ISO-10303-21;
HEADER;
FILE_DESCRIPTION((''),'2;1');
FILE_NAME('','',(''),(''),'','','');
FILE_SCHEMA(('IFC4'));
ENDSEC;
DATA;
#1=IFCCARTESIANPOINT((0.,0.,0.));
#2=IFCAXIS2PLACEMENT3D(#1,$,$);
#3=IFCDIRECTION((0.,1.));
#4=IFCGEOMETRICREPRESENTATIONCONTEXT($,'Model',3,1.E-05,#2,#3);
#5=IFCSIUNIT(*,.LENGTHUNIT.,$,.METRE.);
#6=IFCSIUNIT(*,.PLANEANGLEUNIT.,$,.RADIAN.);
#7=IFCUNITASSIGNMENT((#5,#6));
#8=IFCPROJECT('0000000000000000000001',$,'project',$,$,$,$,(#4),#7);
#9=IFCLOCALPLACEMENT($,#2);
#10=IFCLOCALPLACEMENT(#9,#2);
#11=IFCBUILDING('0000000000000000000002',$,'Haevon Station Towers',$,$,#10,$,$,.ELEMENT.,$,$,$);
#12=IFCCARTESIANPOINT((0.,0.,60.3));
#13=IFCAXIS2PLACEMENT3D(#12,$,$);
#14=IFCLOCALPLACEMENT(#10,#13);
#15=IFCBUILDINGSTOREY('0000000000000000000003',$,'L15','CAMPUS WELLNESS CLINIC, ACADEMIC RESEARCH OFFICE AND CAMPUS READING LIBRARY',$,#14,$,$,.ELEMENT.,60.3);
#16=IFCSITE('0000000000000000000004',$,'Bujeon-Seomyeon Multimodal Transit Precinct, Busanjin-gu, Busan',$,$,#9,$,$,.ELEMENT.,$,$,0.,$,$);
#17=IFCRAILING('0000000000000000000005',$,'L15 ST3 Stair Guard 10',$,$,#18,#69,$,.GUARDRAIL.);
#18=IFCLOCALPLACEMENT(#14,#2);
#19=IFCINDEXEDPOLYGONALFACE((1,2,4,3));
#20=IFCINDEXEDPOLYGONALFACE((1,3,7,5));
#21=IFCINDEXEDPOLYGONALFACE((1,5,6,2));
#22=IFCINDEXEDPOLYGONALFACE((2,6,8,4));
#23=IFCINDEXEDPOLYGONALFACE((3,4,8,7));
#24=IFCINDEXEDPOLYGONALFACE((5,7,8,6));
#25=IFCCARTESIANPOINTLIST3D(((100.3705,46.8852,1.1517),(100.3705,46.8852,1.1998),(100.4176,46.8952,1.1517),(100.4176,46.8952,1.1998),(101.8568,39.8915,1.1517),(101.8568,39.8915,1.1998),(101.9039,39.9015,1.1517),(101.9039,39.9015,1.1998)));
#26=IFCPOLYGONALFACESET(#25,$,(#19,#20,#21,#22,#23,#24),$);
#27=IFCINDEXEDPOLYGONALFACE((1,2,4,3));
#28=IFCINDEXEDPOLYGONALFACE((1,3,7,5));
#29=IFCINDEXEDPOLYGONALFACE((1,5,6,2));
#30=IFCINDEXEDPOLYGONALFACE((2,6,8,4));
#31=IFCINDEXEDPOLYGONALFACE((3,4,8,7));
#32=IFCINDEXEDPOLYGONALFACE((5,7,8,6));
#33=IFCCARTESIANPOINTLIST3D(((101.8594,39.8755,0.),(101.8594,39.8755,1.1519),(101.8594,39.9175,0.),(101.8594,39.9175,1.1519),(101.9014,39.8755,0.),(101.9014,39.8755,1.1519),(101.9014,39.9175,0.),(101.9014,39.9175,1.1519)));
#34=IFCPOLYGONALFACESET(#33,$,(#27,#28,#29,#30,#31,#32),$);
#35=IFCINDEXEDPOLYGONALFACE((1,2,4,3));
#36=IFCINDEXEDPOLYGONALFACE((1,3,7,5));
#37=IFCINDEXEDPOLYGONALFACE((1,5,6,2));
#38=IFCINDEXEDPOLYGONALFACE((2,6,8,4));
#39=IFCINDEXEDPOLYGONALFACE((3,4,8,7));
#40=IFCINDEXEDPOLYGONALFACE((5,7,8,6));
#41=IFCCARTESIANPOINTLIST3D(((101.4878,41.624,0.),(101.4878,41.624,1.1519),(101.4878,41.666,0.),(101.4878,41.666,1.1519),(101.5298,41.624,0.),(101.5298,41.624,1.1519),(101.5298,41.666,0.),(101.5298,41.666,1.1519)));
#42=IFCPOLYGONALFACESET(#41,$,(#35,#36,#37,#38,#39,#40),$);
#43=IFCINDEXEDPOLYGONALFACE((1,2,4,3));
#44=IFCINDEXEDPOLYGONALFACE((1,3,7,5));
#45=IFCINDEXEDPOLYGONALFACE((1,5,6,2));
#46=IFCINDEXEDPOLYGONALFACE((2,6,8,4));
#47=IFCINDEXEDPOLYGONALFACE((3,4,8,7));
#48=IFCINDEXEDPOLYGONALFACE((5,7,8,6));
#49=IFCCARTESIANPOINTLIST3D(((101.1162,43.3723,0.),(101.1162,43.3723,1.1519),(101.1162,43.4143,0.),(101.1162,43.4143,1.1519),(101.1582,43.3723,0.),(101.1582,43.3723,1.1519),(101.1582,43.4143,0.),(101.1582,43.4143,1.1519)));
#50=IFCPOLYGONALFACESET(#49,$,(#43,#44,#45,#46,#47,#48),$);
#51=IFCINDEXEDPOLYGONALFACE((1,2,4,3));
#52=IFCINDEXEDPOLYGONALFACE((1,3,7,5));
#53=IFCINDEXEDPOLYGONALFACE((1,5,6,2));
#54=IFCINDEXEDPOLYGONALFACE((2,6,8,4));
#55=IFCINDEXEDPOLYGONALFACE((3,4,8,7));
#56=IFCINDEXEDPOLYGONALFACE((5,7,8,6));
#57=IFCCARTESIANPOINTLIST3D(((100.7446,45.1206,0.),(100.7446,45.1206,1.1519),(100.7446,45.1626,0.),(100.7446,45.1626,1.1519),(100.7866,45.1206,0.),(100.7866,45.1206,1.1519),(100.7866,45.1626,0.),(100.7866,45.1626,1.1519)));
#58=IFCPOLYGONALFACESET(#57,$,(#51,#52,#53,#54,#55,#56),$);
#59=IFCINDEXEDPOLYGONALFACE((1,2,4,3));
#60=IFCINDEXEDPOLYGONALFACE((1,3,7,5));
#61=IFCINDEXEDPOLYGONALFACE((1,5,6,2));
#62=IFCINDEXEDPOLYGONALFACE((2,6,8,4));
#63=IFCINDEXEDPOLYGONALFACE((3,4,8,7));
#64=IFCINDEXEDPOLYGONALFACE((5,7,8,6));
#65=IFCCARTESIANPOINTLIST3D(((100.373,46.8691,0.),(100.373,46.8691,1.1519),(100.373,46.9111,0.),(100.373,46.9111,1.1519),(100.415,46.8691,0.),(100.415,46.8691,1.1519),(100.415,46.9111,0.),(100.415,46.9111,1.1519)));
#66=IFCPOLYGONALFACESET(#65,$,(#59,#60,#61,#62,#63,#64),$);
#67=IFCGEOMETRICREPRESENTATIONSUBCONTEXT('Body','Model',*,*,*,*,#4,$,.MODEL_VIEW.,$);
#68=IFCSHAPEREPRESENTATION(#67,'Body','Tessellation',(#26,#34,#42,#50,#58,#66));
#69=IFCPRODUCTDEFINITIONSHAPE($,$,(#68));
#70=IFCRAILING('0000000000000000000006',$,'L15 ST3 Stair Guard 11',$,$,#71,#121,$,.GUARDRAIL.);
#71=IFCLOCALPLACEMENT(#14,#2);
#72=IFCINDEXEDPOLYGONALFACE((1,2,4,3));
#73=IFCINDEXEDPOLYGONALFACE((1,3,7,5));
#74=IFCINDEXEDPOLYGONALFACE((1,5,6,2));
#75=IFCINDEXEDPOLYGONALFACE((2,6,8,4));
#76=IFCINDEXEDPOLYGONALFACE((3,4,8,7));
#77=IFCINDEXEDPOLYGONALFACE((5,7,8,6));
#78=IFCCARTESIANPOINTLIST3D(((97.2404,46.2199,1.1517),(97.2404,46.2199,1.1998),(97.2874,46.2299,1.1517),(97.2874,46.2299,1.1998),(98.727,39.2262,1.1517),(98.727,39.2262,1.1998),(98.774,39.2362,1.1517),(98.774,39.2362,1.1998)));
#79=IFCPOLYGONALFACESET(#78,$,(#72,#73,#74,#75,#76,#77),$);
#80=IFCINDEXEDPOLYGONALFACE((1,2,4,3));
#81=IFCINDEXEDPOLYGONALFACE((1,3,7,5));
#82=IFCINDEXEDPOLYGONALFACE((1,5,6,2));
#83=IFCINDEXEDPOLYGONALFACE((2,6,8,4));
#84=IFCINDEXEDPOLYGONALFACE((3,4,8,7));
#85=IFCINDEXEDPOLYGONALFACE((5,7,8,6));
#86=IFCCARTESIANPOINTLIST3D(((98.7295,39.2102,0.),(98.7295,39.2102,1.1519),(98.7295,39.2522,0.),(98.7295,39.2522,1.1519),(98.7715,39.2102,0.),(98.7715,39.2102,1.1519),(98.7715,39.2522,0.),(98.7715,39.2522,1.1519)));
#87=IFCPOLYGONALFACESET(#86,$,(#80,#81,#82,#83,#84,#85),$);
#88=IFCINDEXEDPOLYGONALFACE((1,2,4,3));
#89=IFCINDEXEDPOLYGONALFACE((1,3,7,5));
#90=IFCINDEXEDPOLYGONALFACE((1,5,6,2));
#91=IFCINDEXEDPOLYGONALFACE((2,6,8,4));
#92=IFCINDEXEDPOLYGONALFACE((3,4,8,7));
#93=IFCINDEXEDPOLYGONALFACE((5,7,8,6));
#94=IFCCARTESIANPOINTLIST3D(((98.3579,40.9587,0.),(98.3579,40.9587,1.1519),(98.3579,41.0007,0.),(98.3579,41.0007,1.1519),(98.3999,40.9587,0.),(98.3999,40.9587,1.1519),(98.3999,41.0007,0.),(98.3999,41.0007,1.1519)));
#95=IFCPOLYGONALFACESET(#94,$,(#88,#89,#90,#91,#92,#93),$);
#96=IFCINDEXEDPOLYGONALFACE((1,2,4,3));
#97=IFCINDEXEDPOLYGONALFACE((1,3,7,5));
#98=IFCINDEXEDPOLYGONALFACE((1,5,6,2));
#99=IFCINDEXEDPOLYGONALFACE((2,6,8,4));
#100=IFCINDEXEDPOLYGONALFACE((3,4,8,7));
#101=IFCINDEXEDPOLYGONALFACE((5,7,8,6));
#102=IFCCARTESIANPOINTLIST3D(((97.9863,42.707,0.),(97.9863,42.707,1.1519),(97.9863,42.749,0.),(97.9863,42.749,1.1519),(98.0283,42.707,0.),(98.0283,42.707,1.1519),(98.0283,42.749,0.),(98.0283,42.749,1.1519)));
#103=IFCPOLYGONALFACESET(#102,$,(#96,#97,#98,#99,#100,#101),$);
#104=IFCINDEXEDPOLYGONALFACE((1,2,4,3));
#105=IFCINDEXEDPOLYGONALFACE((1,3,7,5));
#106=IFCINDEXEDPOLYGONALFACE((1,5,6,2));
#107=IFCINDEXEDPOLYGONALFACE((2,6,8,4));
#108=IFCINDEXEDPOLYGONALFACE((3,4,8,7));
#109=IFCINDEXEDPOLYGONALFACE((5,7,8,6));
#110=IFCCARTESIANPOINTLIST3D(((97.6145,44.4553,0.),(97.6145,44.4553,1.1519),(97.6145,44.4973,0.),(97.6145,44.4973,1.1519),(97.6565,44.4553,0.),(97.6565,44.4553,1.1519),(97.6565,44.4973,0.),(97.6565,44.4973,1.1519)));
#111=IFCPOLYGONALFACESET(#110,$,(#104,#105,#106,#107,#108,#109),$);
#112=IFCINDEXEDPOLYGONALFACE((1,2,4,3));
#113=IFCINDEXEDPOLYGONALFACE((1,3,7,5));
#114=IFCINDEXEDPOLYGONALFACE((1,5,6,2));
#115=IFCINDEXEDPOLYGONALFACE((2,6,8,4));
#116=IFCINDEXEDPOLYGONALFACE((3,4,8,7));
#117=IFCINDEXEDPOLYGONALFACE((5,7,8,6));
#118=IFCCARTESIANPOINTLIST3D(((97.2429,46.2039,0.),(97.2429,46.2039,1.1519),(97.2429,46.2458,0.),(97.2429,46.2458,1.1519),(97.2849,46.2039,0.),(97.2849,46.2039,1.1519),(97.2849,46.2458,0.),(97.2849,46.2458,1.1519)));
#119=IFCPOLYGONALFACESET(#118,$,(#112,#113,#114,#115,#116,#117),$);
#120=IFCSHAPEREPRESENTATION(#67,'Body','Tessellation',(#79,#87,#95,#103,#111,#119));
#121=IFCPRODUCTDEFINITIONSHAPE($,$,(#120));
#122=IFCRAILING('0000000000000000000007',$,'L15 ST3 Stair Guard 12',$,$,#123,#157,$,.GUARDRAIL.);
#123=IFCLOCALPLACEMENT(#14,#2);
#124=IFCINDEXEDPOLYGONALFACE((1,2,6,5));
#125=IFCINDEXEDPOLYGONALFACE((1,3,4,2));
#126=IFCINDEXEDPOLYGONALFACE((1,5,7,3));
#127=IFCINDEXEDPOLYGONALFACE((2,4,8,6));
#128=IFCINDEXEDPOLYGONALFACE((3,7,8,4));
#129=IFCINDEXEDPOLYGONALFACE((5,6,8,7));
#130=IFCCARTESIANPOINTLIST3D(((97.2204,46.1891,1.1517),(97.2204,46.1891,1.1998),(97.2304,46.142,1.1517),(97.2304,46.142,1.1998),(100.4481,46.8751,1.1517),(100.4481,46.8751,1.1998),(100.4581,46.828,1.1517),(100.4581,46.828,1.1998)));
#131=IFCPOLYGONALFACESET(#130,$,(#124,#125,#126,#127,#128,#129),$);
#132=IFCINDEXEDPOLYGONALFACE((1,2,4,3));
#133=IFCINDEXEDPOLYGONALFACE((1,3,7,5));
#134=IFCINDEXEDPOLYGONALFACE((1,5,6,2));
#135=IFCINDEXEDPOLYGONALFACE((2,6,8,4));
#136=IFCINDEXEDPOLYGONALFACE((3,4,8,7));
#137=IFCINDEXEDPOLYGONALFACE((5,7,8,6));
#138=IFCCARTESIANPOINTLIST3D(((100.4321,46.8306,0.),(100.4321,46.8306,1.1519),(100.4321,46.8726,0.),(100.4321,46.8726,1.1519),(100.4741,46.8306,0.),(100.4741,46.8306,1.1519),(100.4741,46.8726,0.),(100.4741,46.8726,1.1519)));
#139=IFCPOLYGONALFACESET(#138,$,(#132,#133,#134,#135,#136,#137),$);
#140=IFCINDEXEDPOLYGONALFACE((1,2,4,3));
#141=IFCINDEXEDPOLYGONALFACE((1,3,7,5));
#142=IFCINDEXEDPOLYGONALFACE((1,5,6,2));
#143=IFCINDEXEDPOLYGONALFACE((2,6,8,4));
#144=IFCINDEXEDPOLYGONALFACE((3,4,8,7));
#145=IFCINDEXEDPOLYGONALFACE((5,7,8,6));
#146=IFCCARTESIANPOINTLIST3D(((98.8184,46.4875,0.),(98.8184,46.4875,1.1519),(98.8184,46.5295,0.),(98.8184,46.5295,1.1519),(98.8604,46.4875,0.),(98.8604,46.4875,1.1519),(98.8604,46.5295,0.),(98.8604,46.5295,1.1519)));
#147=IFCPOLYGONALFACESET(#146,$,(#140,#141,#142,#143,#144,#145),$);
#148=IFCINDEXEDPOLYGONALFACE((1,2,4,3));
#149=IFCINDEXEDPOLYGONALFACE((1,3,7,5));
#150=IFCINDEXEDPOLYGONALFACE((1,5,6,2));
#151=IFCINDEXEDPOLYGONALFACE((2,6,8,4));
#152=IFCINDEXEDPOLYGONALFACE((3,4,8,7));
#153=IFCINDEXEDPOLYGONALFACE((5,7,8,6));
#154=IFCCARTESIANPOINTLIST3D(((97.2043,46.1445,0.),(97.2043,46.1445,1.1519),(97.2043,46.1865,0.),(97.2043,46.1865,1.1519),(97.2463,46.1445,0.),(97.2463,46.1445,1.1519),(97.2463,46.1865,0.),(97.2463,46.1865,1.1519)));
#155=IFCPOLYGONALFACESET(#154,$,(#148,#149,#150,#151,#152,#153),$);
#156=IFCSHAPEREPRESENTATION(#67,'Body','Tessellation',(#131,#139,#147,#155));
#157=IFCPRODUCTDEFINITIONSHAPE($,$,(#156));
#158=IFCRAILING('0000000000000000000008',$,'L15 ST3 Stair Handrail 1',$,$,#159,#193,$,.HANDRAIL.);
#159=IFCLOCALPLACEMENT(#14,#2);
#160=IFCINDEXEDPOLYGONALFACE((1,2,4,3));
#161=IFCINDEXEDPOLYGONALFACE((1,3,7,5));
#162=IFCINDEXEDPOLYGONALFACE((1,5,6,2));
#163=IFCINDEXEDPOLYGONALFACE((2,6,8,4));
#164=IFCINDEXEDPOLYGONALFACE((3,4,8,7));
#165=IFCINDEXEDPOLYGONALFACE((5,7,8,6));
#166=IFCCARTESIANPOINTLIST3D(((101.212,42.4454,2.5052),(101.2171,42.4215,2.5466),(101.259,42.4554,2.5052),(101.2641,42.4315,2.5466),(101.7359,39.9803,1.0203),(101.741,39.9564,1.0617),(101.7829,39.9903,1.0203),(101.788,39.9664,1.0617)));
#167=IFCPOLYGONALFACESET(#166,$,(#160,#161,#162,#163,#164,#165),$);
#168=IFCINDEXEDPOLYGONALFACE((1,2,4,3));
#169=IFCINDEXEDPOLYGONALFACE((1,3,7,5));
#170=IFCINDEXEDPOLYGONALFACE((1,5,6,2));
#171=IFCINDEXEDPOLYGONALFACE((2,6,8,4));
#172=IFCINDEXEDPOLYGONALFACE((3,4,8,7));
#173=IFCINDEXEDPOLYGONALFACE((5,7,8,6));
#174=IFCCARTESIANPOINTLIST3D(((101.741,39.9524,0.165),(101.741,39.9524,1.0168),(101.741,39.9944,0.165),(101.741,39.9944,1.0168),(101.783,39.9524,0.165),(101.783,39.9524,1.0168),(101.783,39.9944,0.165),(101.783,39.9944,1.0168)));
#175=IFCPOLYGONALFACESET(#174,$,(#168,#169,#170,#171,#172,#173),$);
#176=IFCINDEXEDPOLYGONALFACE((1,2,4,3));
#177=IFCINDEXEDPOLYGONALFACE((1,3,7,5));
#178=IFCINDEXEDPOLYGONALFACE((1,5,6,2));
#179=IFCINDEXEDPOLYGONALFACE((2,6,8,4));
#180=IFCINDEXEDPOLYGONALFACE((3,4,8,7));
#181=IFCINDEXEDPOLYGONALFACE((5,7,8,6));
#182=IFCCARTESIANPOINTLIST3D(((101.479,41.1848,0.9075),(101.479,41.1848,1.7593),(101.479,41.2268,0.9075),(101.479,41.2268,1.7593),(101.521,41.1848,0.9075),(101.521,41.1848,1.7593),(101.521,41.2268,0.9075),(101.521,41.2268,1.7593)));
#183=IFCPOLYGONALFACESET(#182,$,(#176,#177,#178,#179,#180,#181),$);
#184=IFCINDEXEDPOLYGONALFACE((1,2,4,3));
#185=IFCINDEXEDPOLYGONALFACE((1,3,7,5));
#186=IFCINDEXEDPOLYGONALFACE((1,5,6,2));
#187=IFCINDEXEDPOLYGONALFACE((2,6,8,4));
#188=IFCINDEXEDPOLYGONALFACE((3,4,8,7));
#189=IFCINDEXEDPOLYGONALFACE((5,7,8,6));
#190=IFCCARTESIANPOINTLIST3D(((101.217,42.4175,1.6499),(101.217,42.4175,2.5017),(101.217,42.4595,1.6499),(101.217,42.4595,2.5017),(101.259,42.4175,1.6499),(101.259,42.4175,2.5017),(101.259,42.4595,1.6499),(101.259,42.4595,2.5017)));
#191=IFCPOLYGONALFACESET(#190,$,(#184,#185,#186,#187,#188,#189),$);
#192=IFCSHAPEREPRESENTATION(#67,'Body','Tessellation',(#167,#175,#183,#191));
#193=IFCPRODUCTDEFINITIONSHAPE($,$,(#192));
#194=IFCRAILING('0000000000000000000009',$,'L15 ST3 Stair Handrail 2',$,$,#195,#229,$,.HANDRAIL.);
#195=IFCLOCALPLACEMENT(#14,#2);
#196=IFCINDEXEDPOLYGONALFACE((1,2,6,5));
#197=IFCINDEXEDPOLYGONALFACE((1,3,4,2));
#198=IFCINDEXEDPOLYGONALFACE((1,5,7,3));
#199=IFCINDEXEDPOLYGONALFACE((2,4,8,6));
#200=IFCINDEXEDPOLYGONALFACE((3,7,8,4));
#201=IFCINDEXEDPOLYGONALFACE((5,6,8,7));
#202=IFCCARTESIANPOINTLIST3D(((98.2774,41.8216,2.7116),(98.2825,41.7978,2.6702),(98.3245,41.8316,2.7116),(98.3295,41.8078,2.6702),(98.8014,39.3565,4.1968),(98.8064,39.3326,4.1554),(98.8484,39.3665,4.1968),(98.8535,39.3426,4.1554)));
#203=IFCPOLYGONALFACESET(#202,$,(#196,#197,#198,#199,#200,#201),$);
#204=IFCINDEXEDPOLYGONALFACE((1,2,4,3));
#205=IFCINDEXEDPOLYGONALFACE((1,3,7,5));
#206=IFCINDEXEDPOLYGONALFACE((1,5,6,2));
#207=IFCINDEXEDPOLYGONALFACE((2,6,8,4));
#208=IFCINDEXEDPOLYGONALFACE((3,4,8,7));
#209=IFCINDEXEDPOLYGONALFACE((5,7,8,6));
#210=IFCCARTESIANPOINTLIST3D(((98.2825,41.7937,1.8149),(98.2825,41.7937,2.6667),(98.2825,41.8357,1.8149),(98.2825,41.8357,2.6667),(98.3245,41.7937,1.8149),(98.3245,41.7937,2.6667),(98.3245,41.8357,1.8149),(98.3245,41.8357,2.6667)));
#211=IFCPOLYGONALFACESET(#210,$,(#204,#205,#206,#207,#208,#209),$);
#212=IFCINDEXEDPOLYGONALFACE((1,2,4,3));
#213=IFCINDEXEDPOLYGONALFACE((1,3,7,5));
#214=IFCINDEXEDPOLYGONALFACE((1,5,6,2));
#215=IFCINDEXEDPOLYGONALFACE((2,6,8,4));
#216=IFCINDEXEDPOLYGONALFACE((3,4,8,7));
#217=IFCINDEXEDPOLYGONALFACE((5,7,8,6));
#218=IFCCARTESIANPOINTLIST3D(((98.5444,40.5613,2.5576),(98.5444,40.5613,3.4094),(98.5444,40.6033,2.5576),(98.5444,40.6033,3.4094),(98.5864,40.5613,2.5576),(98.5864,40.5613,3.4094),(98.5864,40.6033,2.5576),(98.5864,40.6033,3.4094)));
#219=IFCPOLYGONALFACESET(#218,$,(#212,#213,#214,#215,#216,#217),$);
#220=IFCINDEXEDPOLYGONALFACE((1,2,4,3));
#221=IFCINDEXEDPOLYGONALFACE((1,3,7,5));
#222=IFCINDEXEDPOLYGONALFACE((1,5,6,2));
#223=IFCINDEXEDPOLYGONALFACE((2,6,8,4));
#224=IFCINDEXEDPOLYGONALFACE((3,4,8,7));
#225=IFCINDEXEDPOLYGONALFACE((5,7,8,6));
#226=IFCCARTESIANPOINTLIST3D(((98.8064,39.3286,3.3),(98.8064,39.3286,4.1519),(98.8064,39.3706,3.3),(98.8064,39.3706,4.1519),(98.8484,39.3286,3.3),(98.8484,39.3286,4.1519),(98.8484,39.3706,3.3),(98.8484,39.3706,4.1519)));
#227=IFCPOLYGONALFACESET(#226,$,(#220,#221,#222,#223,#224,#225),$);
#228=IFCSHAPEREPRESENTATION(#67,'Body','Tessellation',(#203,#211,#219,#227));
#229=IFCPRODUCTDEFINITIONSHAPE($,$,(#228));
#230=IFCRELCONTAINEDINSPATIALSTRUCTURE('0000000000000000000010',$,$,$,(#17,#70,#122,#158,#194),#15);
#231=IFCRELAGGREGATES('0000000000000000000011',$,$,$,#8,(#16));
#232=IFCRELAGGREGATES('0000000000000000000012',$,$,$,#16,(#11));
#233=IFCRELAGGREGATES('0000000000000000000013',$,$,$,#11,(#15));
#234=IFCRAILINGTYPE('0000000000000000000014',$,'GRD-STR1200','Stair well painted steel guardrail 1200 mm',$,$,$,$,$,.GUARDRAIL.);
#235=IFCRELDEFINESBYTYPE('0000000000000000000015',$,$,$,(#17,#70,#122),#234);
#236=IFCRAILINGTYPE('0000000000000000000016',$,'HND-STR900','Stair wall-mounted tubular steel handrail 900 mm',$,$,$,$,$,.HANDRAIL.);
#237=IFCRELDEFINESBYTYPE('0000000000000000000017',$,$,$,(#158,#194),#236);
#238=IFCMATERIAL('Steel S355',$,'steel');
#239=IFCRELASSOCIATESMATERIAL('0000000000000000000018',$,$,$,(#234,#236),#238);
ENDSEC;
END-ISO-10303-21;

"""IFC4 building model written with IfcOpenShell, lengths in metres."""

from ifc_helpers import new_model, si_unit, direction, frame, origin, origin_2d, place, context, subcontext, project, spatial, rectangle, extrude, material, type_object, element, save


model = new_model("IFC4")

# Units and contexts
model_context = context("Model", 3, precision=1e-05, world=origin(), true_north=direction((0.0, 1.0)))
body_context = subcontext(model_context, "Body", "Model", "MODEL_VIEW")
ifc_project = project(units=[si_unit("LENGTHUNIT", "METRE"), si_unit("PLANEANGLEUNIT", "RADIAN")], contexts=[model_context])

# Site, building, storey
site_placement = place(None, origin())
site = spatial("IfcSite", under=ifc_project, at=site_placement, Name="Bujeon-Seomyeon Multimodal Transit Precinct, Busanjin-gu, Busan", CompositionType="ELEMENT", RefElevation=0.0)
building_placement = place(site_placement, origin())
building = spatial("IfcBuilding", under=site, at=building_placement, Name="Haevon Station Towers", CompositionType="ELEMENT")
storey_placement = place(building_placement, frame((0.0, 0.0, 60.3)))
storey = spatial("IfcBuildingStorey", under=building, at=storey_placement, Name="L15", Description="CAMPUS WELLNESS CLINIC, ACADEMIC RESEARCH OFFICE AND CAMPUS READING LIBRARY", CompositionType="ELEMENT", Elevation=60.3)

# Shared definitions
ifc_material_1 = material(Name="Steel S355", Category="steel")

# Railings
railing_type_1 = type_object("IfcRailingType", Name="GRD-STR1200", Description="Stair well painted steel guardrail 1200 mm", PredefinedType="GUARDRAIL", material=ifc_material_1)
railing_1_placement = place(storey_placement, frame((101.8804, 39.8965, 0.0)))
element("IfcRailing", 1, at=railing_1_placement, inside=storey, type_object=railing_type_1, Name="L15 ST3 Stair Guard 10", PredefinedType="GUARDRAIL", context=body_context, shape_type="SweptSolid", body=[
    extrude(rectangle(XDim=0.0481, YDim=0.0481, at=origin_2d()), frame((0.0, 0.0, 1.1758), z_axis=(-0.207882, 0.978154, 0.0), x_axis=(-0.978154, -0.207882, 0.0)), (0.0, 0.0, 1.0), 7.1499),
    extrude(rectangle(XDim=0.042, YDim=0.042, at=origin_2d()), origin(), (0.0, 0.0, 1.0), 1.1519),
    extrude(rectangle(XDim=0.042, YDim=0.042, at=origin_2d()), frame((-0.3716, 1.7485, 0.0)), (0.0, 0.0, 1.0), 1.1519),
    extrude(rectangle(XDim=0.042, YDim=0.042, at=origin_2d()), frame((-0.7432, 3.4968, 0.0)), (0.0, 0.0, 1.0), 1.1519),
    extrude(rectangle(XDim=0.042, YDim=0.042, at=origin_2d()), frame((-1.1147, 5.2451, 0.0)), (0.0, 0.0, 1.0), 1.1519),
    extrude(rectangle(XDim=0.042, YDim=0.042, at=origin_2d()), frame((-1.4863, 6.9937, 0.0)), (0.0, 0.0, 1.0), 1.1519),
])
railing_2_placement = place(storey_placement, frame((98.7505, 39.2312, 0.0)))
element("IfcRailing", 2, at=railing_2_placement, inside=storey, type_object=railing_type_1, Name="L15 ST3 Stair Guard 11", PredefinedType="GUARDRAIL", context=body_context, shape_type="SweptSolid", body=[
    extrude(rectangle(XDim=0.0481, YDim=0.0481, at=origin_2d()), frame((0.0, 0.0, 1.1758), z_axis=(-0.207915, 0.978147, 0.0), x_axis=(-0.978147, -0.207915, 0.0)), (0.0, 0.0, 1.0), 7.1499),
    extrude(rectangle(XDim=0.042, YDim=0.042, at=origin_2d()), origin(), (0.0, 0.0, 1.0), 1.1519),
    extrude(rectangle(XDim=0.042, YDim=0.042, at=origin_2d()), frame((-0.3716, 1.7485, 0.0)), (0.0, 0.0, 1.0), 1.1519),
    extrude(rectangle(XDim=0.042, YDim=0.042, at=origin_2d()), frame((-0.7432, 3.4968, 0.0)), (0.0, 0.0, 1.0), 1.1519),
    extrude(rectangle(XDim=0.042, YDim=0.042, at=origin_2d()), frame((-1.115, 5.2451, 0.0)), (0.0, 0.0, 1.0), 1.1519),
    extrude(rectangle(XDim=0.042, YDim=0.042, at=origin_2d()), frame((-1.4866, 6.9937, 0.0)), (0.0, 0.0, 1.0), 1.1519),
])
railing_3_placement = place(storey_placement, frame((100.4531, 46.8516, 0.0)))
element("IfcRailing", 3, at=railing_3_placement, inside=storey, type_object=railing_type_1, Name="L15 ST3 Stair Guard 12", PredefinedType="GUARDRAIL", context=body_context, shape_type="SweptSolid", body=[
    extrude(rectangle(XDim=0.0481, YDim=0.0481, at=origin_2d()), frame((0.0, 0.0, 1.1758), z_axis=(-0.978151, -0.207897, 0.0), x_axis=(0.207897, -0.978151, 0.0)), (0.0, 0.0, 1.0), 3.2998),
    extrude(rectangle(XDim=0.042, YDim=0.042, at=origin_2d()), origin(), (0.0, 0.0, 1.0), 1.1519),
    extrude(rectangle(XDim=0.042, YDim=0.042, at=origin_2d()), frame((-1.6138, -0.343, 0.0)), (0.0, 0.0, 1.0), 1.1519),
    extrude(rectangle(XDim=0.042, YDim=0.042, at=origin_2d()), frame((-3.2278, -0.686, 0.0)), (0.0, 0.0, 1.0), 1.1519),
])
railing_type_2 = type_object("IfcRailingType", Name="HND-STR900", Description="Stair wall-mounted tubular steel handrail 900 mm", PredefinedType="HANDRAIL", material=ifc_material_1)
railing_4_placement = place(storey_placement, frame((101.762, 39.9734, 0.165)))
element("IfcRailing", 4, at=railing_4_placement, inside=storey, type_object=railing_type_2, Name="L15 ST3 Stair Handrail 1", PredefinedType="HANDRAIL", context=body_context, shape_type="SweptSolid", body=[
    extrude(rectangle(XDim=0.0481, YDim=0.0481, at=origin_2d()), frame((0.0, 0.0, 0.876), z_axis=(-0.179116, 0.842748, 0.507635), x_axis=(-0.978151, -0.207895, 0.0)), (0.0, 0.0, 1.0), 2.925),
    extrude(rectangle(XDim=0.042, YDim=0.042, at=origin_2d()), origin(), (0.0, 0.0, 1.0), 0.8518),
    extrude(rectangle(XDim=0.042, YDim=0.042, at=origin_2d()), frame((-0.262, 1.2324, 0.7424)), (0.0, 0.0, 1.0), 0.8518),
    extrude(rectangle(XDim=0.042, YDim=0.042, at=origin_2d()), frame((-0.5239, 2.4651, 1.4849)), (0.0, 0.0, 1.0), 0.8518),
])
railing_5_placement = place(storey_placement, frame((98.3035, 41.8147, 1.8149)))
element("IfcRailing", 5, at=railing_5_placement, inside=storey, type_object=railing_type_2, Name="L15 ST3 Stair Handrail 2", PredefinedType="HANDRAIL", context=body_context, shape_type="SweptSolid", body=[
    extrude(rectangle(XDim=0.0481, YDim=0.0481, at=origin_2d()), frame((0.0, 0.0, 0.876), z_axis=(0.179109, -0.842712, 0.507697), x_axis=(0.978151, 0.207895, 0.0)), (0.0, 0.0, 1.0), 2.9253),
    extrude(rectangle(XDim=0.042, YDim=0.042, at=origin_2d()), origin(), (0.0, 0.0, 1.0), 0.8518),
    extrude(rectangle(XDim=0.042, YDim=0.042, at=origin_2d()), frame((0.262, -1.2324, 0.7427)), (0.0, 0.0, 1.0), 0.8518),
    extrude(rectangle(XDim=0.042, YDim=0.042, at=origin_2d()), frame((0.5239, -2.4651, 1.4851)), (0.0, 0.0, 1.0), 0.8518),
])

save(model, "model.ifc")
